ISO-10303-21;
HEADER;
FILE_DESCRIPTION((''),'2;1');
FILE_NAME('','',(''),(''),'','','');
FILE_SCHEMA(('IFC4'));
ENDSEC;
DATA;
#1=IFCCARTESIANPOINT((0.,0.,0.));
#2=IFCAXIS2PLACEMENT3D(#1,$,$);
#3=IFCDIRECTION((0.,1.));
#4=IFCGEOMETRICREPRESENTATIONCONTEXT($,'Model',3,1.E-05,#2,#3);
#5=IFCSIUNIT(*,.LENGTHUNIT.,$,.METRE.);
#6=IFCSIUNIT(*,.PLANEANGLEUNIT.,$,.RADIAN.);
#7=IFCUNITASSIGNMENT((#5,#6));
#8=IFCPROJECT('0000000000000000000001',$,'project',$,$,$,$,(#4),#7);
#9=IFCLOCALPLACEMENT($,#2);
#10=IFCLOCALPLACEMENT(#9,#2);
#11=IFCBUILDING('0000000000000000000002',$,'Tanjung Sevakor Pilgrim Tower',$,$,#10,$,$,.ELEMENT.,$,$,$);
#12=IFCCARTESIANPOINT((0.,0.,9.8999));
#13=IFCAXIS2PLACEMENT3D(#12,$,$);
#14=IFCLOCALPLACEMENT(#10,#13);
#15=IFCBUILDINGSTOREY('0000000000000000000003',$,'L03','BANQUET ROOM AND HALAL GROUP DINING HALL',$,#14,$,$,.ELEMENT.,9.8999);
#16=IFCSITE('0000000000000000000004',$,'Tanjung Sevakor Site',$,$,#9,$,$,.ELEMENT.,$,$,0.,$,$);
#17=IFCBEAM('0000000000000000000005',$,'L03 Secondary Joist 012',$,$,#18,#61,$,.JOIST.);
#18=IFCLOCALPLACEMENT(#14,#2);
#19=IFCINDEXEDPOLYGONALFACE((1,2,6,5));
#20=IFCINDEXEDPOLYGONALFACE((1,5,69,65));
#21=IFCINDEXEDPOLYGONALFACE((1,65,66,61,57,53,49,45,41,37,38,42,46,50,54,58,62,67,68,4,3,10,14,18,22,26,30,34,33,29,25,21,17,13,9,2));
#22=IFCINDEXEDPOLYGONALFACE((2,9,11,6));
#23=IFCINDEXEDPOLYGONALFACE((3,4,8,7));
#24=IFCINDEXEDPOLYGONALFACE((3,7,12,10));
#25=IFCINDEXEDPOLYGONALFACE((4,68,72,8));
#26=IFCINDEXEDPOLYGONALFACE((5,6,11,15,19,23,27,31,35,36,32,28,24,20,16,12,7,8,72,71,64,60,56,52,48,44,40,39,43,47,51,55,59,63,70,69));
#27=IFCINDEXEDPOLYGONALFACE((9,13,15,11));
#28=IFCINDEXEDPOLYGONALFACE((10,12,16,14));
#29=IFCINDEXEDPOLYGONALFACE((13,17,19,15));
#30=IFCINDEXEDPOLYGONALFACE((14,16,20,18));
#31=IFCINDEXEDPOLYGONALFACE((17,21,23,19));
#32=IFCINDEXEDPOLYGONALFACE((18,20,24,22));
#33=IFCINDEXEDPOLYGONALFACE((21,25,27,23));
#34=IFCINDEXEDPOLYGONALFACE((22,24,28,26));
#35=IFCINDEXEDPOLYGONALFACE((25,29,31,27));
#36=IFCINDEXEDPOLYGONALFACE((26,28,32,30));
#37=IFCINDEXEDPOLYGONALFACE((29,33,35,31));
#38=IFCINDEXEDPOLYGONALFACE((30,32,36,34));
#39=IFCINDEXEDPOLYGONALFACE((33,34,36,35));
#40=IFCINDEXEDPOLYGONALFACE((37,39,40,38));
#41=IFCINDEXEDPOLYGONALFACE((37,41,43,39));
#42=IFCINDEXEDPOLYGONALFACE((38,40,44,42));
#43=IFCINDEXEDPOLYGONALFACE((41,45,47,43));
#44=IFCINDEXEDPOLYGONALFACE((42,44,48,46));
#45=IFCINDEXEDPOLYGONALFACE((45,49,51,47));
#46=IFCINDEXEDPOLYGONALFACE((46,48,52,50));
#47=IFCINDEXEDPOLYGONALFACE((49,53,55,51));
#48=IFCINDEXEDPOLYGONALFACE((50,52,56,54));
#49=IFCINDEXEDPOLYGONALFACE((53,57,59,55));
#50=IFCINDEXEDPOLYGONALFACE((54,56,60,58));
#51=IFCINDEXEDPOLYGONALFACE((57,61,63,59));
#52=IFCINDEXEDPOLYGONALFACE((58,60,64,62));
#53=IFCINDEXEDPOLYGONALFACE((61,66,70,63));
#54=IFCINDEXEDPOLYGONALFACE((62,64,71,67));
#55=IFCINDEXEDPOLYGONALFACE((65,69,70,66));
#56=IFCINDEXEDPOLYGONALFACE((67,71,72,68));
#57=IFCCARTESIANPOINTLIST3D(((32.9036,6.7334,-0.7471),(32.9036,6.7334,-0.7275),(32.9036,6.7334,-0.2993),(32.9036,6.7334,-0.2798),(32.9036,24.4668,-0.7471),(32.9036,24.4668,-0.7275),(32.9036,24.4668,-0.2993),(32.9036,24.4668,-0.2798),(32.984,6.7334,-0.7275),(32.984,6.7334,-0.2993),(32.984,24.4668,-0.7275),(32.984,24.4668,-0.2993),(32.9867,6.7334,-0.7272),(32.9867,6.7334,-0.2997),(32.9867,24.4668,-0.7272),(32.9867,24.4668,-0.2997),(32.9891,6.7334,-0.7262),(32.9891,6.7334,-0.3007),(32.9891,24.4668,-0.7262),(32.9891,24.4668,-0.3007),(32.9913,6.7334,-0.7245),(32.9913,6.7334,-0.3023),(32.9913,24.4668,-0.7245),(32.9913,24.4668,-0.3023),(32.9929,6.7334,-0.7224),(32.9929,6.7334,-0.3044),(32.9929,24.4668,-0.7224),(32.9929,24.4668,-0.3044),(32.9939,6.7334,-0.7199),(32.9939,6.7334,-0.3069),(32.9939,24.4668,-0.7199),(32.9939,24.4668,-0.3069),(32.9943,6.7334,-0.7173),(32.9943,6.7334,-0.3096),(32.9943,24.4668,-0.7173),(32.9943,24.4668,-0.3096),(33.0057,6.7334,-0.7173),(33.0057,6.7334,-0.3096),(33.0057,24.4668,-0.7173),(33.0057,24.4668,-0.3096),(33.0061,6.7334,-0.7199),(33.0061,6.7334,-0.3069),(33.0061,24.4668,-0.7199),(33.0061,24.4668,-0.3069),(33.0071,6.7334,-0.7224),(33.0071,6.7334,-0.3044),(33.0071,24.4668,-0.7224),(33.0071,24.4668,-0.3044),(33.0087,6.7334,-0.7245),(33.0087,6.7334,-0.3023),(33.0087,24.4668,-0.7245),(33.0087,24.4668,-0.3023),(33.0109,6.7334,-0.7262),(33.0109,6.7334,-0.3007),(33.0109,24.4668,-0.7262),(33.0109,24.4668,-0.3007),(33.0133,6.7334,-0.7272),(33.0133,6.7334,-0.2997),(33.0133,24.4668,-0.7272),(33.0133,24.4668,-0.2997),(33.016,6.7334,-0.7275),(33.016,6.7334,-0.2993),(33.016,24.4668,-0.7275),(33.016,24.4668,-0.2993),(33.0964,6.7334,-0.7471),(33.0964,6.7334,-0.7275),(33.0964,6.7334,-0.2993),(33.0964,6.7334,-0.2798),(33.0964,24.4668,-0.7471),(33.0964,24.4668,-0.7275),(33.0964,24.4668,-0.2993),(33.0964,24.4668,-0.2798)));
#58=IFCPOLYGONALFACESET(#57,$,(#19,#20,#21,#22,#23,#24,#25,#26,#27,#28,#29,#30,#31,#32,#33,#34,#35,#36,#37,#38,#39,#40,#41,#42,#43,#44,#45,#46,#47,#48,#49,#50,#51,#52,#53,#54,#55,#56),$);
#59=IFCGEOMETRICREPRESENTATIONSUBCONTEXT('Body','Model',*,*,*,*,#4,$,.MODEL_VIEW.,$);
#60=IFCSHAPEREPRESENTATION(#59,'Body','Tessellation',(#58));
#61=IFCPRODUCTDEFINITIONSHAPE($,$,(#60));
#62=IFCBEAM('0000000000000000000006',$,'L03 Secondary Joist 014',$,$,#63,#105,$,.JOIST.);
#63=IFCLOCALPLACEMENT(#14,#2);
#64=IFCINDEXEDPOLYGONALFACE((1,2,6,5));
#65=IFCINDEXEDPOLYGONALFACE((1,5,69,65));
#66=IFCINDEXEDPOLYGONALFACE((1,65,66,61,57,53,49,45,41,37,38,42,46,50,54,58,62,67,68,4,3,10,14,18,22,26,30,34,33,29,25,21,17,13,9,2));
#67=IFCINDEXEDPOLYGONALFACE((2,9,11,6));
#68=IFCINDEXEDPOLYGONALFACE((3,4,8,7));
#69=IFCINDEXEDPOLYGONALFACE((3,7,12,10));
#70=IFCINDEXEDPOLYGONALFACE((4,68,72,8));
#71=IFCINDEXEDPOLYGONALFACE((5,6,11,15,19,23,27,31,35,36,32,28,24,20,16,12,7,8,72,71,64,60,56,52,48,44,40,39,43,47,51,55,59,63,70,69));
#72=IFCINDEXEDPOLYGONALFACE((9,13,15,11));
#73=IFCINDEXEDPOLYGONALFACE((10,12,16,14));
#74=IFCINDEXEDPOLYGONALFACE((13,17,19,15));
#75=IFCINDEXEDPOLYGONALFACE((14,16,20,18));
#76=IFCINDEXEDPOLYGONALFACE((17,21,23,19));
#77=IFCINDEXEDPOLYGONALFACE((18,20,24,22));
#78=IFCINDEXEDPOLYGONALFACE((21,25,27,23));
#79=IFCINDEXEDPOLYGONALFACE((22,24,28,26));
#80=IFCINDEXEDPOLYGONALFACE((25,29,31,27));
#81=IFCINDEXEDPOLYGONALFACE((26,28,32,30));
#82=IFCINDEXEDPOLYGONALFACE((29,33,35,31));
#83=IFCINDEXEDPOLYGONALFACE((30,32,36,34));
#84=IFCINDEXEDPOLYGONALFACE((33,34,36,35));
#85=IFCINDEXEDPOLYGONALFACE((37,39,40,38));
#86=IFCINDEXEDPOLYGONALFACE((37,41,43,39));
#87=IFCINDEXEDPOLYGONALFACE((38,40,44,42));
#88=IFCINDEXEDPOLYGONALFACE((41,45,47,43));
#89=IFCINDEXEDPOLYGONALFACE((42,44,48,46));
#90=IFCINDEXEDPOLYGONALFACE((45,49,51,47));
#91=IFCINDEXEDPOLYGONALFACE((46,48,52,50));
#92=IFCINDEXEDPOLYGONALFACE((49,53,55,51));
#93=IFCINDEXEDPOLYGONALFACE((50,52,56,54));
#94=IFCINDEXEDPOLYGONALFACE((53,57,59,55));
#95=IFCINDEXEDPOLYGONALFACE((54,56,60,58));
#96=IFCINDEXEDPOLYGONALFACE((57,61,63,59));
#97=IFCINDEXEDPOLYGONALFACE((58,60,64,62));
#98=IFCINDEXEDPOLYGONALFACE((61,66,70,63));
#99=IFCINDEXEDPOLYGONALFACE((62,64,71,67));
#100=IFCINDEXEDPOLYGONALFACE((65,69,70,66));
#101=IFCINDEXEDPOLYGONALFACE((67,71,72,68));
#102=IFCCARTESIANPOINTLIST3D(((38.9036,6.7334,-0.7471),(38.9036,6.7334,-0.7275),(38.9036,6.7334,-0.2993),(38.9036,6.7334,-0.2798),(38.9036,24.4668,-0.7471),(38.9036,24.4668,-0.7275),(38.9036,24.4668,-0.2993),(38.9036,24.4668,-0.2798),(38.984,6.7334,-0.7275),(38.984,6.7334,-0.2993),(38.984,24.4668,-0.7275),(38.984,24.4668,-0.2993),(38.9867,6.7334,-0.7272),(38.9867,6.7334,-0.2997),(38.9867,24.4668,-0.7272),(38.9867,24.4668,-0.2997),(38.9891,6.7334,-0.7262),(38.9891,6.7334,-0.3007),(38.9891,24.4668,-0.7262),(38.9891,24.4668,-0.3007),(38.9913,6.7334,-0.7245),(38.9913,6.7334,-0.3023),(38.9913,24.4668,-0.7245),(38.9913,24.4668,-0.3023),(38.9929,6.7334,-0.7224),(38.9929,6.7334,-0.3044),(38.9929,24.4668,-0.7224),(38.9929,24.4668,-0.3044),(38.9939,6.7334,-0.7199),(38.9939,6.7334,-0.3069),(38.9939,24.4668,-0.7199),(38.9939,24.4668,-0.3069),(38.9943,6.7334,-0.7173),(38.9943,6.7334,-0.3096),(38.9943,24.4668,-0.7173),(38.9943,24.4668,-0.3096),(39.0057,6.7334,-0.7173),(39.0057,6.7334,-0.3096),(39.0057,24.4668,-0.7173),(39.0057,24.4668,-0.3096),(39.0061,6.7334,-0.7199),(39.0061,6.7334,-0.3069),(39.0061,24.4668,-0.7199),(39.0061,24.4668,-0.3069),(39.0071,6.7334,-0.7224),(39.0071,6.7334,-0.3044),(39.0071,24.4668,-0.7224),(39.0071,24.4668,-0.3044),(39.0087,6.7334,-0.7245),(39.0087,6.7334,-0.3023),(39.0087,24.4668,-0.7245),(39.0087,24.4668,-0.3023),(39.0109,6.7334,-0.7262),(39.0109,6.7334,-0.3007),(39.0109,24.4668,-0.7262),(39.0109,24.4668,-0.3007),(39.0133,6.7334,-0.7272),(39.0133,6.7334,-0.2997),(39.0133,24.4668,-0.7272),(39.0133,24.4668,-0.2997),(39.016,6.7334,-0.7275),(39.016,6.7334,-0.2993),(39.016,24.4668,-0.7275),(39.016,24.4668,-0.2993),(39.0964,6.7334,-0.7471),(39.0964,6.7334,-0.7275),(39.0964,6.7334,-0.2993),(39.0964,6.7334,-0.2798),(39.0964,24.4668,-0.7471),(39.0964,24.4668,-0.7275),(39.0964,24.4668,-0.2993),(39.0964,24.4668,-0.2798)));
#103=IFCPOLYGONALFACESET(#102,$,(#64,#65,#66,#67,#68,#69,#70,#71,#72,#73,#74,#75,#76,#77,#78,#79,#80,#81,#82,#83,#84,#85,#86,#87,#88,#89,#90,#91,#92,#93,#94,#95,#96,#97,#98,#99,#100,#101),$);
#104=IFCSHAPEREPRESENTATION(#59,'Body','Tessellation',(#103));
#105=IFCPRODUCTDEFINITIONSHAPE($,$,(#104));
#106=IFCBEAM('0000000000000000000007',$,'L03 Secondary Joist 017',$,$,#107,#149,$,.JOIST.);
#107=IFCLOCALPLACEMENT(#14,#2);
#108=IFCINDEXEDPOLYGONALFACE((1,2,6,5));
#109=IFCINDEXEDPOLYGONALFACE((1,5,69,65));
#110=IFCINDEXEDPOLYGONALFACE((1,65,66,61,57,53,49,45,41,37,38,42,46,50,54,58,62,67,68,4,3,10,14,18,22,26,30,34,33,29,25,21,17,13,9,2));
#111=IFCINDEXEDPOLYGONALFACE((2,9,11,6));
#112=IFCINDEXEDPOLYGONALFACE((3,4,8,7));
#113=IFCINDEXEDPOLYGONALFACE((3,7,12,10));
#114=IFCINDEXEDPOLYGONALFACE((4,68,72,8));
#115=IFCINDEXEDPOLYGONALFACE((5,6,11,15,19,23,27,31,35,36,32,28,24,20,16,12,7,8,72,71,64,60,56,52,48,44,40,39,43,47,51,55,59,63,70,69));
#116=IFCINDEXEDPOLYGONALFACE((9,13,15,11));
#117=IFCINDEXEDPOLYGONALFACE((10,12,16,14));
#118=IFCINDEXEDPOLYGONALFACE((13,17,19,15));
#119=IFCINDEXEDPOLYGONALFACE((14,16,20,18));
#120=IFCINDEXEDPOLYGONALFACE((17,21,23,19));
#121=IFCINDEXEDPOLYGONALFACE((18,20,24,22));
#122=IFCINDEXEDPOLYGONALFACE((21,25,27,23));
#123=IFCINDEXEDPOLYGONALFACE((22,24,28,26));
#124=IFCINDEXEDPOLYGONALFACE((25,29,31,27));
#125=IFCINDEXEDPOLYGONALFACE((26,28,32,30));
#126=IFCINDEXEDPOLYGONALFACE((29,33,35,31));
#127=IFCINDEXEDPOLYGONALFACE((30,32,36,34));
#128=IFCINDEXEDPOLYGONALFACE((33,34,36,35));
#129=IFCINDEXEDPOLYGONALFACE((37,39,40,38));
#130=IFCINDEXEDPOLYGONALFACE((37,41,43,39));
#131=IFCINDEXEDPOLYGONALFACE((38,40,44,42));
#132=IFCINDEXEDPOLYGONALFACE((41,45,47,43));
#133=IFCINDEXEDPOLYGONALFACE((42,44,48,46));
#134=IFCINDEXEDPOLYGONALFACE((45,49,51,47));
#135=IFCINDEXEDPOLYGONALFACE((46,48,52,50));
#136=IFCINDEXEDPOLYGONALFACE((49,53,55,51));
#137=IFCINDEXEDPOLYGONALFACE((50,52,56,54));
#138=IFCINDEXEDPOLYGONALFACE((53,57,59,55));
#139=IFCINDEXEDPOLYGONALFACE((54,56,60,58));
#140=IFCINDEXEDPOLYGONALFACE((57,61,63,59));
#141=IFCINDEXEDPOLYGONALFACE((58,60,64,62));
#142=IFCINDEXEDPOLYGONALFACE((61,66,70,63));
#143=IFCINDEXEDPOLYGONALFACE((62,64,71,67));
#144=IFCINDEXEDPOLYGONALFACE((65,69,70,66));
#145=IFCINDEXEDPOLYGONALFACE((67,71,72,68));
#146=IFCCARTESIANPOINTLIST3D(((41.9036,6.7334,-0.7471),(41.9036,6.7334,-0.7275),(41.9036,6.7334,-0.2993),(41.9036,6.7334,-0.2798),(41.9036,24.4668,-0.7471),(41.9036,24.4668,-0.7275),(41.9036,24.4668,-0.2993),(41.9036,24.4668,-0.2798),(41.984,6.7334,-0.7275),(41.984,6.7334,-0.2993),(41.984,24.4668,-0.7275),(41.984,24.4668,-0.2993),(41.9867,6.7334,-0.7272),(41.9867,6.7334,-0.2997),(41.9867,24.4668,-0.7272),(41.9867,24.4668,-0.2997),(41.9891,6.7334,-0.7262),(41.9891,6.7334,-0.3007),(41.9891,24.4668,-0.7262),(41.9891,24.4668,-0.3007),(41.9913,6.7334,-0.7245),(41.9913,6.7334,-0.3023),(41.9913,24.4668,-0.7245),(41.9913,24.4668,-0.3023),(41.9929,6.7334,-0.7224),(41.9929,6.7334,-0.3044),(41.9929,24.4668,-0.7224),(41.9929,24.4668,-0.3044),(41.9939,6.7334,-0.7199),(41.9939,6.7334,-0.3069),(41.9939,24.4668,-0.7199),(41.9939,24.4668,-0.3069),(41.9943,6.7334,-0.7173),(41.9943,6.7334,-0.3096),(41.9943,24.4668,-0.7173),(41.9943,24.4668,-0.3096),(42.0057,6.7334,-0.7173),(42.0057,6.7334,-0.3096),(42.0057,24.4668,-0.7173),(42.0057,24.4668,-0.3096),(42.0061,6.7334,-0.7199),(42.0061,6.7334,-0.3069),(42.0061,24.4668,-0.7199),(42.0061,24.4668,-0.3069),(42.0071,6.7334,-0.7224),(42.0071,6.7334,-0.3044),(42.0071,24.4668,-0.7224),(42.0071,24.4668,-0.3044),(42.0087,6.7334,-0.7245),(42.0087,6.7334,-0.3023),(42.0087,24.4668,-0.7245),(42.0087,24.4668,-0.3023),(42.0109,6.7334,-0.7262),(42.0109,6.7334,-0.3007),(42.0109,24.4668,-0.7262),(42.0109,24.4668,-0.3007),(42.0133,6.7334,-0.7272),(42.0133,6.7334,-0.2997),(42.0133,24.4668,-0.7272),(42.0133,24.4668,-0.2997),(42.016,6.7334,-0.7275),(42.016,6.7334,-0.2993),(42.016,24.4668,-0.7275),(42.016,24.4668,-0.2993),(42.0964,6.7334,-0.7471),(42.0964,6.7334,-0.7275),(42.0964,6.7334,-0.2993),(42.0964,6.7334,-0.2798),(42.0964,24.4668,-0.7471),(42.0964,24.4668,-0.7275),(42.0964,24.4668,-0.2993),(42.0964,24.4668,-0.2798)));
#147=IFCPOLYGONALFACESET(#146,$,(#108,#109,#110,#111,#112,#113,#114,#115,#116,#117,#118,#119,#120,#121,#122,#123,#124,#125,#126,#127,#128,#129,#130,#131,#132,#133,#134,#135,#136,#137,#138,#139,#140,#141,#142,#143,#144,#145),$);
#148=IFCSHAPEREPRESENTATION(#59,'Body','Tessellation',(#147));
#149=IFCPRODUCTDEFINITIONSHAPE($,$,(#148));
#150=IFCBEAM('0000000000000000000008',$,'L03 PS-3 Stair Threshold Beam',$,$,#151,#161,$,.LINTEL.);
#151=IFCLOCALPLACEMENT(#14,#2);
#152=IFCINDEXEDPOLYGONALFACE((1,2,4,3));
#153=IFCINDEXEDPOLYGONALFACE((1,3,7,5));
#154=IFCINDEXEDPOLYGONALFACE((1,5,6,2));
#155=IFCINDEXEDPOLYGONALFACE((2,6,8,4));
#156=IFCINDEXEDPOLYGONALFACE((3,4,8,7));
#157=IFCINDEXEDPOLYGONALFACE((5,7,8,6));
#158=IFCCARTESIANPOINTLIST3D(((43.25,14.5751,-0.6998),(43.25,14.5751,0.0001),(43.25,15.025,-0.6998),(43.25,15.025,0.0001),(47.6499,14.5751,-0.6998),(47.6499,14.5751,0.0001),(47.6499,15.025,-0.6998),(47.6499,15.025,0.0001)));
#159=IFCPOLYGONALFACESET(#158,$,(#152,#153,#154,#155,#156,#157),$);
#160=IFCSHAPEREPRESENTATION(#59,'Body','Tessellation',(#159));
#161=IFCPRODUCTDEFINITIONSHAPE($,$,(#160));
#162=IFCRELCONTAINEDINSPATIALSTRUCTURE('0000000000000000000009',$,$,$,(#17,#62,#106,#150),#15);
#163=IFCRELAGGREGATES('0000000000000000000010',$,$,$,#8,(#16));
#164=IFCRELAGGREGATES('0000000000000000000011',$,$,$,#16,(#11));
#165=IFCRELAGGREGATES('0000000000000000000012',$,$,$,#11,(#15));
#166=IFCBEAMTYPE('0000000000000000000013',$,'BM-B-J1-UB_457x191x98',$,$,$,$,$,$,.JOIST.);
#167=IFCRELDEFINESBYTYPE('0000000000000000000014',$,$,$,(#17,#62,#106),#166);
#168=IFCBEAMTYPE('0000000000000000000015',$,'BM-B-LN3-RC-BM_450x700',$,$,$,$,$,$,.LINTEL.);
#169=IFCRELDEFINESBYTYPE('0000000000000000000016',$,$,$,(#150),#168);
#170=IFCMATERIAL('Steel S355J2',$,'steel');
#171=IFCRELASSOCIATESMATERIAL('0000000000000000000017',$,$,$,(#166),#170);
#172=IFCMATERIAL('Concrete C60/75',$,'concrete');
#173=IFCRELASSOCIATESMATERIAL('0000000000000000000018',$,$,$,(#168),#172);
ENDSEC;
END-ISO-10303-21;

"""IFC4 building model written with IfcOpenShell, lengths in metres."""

from ifc_helpers import new_model, si_unit, direction, frame, origin, origin_2d, place, context, subcontext, project, spatial, rectangle, i_section, extrude, material, material_profile, profile_set, type_object, element, save


model = new_model("IFC4")

# Units and contexts
model_context = context("Model", 3, precision=1e-05, world=origin(), true_north=direction((0.0, 1.0)))
body_context = subcontext(model_context, "Body", "Model", "MODEL_VIEW")
ifc_project = project(units=[si_unit("LENGTHUNIT", "METRE"), si_unit("PLANEANGLEUNIT", "RADIAN")], contexts=[model_context])

# Site, building, storey
site_placement = place(None, origin())
site = spatial("IfcSite", under=ifc_project, at=site_placement, Name="Tanjung Sevakor Site", CompositionType="ELEMENT", RefElevation=0.0)
building_placement = place(site_placement, origin())
building = spatial("IfcBuilding", under=site, at=building_placement, Name="Tanjung Sevakor Pilgrim Tower", CompositionType="ELEMENT")
storey_placement = place(building_placement, frame((0.0, 0.0, 9.8999)))
storey = spatial("IfcBuildingStorey", under=building, at=storey_placement, Name="L03", Description="BANQUET ROOM AND HALAL GROUP DINING HALL", CompositionType="ELEMENT", Elevation=9.8999)

# Beams
ifc_material_1 = material(Name="Steel S355J2", Category="steel")
ifc_material_profile_1 = material_profile(ifc_material_1, i_section(OverallWidth=0.1929, OverallDepth=0.4673, WebThickness=0.0115, FlangeThickness=0.0195, FilletRadius=0.0103, at=origin_2d()))
ifc_profile_set_1 = profile_set([ifc_material_profile_1], Name="Steel S355J2")
beam_type_1 = type_object("IfcBeamType", Name="BM-B-J1-UB_457x191x98", PredefinedType="JOIST", material=ifc_profile_set_1)
for number, where, z_axis, x_axis, name in (
    (1, (33.0, 6.7334, -0.5134), (0.0, 1.0, 0.0), (-1.0, 0.0, 0.0), "L03 Secondary Joist 012"),
    (2, (39.0, 6.7334, -0.5134), (0.0, 1.0, 0.0), (-1.0, 0.0, 0.0), "L03 Secondary Joist 014"),
    (3, (42.0, 6.7334, -0.5134), (0.0, 1.0, 0.0), (-1.0, 0.0, 0.0), "L03 Secondary Joist 017"),
):
    element("IfcBeam", number, at=place(storey_placement, frame(where, z_axis=z_axis, x_axis=x_axis)), inside=storey, type_object=beam_type_1, Name=name, PredefinedType="JOIST", context=body_context, shape_type="SweptSolid", body=[
        extrude(i_section(OverallWidth=0.1929, OverallDepth=0.4673, WebThickness=0.0115, FlangeThickness=0.0195, FilletRadius=0.0103, at=origin_2d()), origin(), (0.0, 0.0, 1.0), 17.7334),
    ])
ifc_material_2 = material(Name="Concrete C60/75", Category="concrete")
ifc_material_profile_2 = material_profile(ifc_material_2, rectangle(XDim=0.45, YDim=0.7, at=origin_2d()))
ifc_profile_set_2 = profile_set([ifc_material_profile_2], Name="Concrete C60/75")
beam_type_2 = type_object("IfcBeamType", Name="BM-B-LN3-RC-BM_450x700", PredefinedType="LINTEL", material=ifc_profile_set_2)
beam_1_placement = place(storey_placement, frame((43.25, 14.8, -0.3499), z_axis=(1.0, 0.0, 0.0), x_axis=(0.0, 1.0, 0.0)))
element("IfcBeam", 4, at=beam_1_placement, inside=storey, type_object=beam_type_2, Name="L03 PS-3 Stair Threshold Beam", PredefinedType="LINTEL", context=body_context, shape_type="SweptSolid", body=[
    extrude(rectangle(XDim=0.45, YDim=0.7, at=origin_2d()), origin(), (0.0, 0.0, 1.0), 4.3999),
])

save(model, "model.ifc")
